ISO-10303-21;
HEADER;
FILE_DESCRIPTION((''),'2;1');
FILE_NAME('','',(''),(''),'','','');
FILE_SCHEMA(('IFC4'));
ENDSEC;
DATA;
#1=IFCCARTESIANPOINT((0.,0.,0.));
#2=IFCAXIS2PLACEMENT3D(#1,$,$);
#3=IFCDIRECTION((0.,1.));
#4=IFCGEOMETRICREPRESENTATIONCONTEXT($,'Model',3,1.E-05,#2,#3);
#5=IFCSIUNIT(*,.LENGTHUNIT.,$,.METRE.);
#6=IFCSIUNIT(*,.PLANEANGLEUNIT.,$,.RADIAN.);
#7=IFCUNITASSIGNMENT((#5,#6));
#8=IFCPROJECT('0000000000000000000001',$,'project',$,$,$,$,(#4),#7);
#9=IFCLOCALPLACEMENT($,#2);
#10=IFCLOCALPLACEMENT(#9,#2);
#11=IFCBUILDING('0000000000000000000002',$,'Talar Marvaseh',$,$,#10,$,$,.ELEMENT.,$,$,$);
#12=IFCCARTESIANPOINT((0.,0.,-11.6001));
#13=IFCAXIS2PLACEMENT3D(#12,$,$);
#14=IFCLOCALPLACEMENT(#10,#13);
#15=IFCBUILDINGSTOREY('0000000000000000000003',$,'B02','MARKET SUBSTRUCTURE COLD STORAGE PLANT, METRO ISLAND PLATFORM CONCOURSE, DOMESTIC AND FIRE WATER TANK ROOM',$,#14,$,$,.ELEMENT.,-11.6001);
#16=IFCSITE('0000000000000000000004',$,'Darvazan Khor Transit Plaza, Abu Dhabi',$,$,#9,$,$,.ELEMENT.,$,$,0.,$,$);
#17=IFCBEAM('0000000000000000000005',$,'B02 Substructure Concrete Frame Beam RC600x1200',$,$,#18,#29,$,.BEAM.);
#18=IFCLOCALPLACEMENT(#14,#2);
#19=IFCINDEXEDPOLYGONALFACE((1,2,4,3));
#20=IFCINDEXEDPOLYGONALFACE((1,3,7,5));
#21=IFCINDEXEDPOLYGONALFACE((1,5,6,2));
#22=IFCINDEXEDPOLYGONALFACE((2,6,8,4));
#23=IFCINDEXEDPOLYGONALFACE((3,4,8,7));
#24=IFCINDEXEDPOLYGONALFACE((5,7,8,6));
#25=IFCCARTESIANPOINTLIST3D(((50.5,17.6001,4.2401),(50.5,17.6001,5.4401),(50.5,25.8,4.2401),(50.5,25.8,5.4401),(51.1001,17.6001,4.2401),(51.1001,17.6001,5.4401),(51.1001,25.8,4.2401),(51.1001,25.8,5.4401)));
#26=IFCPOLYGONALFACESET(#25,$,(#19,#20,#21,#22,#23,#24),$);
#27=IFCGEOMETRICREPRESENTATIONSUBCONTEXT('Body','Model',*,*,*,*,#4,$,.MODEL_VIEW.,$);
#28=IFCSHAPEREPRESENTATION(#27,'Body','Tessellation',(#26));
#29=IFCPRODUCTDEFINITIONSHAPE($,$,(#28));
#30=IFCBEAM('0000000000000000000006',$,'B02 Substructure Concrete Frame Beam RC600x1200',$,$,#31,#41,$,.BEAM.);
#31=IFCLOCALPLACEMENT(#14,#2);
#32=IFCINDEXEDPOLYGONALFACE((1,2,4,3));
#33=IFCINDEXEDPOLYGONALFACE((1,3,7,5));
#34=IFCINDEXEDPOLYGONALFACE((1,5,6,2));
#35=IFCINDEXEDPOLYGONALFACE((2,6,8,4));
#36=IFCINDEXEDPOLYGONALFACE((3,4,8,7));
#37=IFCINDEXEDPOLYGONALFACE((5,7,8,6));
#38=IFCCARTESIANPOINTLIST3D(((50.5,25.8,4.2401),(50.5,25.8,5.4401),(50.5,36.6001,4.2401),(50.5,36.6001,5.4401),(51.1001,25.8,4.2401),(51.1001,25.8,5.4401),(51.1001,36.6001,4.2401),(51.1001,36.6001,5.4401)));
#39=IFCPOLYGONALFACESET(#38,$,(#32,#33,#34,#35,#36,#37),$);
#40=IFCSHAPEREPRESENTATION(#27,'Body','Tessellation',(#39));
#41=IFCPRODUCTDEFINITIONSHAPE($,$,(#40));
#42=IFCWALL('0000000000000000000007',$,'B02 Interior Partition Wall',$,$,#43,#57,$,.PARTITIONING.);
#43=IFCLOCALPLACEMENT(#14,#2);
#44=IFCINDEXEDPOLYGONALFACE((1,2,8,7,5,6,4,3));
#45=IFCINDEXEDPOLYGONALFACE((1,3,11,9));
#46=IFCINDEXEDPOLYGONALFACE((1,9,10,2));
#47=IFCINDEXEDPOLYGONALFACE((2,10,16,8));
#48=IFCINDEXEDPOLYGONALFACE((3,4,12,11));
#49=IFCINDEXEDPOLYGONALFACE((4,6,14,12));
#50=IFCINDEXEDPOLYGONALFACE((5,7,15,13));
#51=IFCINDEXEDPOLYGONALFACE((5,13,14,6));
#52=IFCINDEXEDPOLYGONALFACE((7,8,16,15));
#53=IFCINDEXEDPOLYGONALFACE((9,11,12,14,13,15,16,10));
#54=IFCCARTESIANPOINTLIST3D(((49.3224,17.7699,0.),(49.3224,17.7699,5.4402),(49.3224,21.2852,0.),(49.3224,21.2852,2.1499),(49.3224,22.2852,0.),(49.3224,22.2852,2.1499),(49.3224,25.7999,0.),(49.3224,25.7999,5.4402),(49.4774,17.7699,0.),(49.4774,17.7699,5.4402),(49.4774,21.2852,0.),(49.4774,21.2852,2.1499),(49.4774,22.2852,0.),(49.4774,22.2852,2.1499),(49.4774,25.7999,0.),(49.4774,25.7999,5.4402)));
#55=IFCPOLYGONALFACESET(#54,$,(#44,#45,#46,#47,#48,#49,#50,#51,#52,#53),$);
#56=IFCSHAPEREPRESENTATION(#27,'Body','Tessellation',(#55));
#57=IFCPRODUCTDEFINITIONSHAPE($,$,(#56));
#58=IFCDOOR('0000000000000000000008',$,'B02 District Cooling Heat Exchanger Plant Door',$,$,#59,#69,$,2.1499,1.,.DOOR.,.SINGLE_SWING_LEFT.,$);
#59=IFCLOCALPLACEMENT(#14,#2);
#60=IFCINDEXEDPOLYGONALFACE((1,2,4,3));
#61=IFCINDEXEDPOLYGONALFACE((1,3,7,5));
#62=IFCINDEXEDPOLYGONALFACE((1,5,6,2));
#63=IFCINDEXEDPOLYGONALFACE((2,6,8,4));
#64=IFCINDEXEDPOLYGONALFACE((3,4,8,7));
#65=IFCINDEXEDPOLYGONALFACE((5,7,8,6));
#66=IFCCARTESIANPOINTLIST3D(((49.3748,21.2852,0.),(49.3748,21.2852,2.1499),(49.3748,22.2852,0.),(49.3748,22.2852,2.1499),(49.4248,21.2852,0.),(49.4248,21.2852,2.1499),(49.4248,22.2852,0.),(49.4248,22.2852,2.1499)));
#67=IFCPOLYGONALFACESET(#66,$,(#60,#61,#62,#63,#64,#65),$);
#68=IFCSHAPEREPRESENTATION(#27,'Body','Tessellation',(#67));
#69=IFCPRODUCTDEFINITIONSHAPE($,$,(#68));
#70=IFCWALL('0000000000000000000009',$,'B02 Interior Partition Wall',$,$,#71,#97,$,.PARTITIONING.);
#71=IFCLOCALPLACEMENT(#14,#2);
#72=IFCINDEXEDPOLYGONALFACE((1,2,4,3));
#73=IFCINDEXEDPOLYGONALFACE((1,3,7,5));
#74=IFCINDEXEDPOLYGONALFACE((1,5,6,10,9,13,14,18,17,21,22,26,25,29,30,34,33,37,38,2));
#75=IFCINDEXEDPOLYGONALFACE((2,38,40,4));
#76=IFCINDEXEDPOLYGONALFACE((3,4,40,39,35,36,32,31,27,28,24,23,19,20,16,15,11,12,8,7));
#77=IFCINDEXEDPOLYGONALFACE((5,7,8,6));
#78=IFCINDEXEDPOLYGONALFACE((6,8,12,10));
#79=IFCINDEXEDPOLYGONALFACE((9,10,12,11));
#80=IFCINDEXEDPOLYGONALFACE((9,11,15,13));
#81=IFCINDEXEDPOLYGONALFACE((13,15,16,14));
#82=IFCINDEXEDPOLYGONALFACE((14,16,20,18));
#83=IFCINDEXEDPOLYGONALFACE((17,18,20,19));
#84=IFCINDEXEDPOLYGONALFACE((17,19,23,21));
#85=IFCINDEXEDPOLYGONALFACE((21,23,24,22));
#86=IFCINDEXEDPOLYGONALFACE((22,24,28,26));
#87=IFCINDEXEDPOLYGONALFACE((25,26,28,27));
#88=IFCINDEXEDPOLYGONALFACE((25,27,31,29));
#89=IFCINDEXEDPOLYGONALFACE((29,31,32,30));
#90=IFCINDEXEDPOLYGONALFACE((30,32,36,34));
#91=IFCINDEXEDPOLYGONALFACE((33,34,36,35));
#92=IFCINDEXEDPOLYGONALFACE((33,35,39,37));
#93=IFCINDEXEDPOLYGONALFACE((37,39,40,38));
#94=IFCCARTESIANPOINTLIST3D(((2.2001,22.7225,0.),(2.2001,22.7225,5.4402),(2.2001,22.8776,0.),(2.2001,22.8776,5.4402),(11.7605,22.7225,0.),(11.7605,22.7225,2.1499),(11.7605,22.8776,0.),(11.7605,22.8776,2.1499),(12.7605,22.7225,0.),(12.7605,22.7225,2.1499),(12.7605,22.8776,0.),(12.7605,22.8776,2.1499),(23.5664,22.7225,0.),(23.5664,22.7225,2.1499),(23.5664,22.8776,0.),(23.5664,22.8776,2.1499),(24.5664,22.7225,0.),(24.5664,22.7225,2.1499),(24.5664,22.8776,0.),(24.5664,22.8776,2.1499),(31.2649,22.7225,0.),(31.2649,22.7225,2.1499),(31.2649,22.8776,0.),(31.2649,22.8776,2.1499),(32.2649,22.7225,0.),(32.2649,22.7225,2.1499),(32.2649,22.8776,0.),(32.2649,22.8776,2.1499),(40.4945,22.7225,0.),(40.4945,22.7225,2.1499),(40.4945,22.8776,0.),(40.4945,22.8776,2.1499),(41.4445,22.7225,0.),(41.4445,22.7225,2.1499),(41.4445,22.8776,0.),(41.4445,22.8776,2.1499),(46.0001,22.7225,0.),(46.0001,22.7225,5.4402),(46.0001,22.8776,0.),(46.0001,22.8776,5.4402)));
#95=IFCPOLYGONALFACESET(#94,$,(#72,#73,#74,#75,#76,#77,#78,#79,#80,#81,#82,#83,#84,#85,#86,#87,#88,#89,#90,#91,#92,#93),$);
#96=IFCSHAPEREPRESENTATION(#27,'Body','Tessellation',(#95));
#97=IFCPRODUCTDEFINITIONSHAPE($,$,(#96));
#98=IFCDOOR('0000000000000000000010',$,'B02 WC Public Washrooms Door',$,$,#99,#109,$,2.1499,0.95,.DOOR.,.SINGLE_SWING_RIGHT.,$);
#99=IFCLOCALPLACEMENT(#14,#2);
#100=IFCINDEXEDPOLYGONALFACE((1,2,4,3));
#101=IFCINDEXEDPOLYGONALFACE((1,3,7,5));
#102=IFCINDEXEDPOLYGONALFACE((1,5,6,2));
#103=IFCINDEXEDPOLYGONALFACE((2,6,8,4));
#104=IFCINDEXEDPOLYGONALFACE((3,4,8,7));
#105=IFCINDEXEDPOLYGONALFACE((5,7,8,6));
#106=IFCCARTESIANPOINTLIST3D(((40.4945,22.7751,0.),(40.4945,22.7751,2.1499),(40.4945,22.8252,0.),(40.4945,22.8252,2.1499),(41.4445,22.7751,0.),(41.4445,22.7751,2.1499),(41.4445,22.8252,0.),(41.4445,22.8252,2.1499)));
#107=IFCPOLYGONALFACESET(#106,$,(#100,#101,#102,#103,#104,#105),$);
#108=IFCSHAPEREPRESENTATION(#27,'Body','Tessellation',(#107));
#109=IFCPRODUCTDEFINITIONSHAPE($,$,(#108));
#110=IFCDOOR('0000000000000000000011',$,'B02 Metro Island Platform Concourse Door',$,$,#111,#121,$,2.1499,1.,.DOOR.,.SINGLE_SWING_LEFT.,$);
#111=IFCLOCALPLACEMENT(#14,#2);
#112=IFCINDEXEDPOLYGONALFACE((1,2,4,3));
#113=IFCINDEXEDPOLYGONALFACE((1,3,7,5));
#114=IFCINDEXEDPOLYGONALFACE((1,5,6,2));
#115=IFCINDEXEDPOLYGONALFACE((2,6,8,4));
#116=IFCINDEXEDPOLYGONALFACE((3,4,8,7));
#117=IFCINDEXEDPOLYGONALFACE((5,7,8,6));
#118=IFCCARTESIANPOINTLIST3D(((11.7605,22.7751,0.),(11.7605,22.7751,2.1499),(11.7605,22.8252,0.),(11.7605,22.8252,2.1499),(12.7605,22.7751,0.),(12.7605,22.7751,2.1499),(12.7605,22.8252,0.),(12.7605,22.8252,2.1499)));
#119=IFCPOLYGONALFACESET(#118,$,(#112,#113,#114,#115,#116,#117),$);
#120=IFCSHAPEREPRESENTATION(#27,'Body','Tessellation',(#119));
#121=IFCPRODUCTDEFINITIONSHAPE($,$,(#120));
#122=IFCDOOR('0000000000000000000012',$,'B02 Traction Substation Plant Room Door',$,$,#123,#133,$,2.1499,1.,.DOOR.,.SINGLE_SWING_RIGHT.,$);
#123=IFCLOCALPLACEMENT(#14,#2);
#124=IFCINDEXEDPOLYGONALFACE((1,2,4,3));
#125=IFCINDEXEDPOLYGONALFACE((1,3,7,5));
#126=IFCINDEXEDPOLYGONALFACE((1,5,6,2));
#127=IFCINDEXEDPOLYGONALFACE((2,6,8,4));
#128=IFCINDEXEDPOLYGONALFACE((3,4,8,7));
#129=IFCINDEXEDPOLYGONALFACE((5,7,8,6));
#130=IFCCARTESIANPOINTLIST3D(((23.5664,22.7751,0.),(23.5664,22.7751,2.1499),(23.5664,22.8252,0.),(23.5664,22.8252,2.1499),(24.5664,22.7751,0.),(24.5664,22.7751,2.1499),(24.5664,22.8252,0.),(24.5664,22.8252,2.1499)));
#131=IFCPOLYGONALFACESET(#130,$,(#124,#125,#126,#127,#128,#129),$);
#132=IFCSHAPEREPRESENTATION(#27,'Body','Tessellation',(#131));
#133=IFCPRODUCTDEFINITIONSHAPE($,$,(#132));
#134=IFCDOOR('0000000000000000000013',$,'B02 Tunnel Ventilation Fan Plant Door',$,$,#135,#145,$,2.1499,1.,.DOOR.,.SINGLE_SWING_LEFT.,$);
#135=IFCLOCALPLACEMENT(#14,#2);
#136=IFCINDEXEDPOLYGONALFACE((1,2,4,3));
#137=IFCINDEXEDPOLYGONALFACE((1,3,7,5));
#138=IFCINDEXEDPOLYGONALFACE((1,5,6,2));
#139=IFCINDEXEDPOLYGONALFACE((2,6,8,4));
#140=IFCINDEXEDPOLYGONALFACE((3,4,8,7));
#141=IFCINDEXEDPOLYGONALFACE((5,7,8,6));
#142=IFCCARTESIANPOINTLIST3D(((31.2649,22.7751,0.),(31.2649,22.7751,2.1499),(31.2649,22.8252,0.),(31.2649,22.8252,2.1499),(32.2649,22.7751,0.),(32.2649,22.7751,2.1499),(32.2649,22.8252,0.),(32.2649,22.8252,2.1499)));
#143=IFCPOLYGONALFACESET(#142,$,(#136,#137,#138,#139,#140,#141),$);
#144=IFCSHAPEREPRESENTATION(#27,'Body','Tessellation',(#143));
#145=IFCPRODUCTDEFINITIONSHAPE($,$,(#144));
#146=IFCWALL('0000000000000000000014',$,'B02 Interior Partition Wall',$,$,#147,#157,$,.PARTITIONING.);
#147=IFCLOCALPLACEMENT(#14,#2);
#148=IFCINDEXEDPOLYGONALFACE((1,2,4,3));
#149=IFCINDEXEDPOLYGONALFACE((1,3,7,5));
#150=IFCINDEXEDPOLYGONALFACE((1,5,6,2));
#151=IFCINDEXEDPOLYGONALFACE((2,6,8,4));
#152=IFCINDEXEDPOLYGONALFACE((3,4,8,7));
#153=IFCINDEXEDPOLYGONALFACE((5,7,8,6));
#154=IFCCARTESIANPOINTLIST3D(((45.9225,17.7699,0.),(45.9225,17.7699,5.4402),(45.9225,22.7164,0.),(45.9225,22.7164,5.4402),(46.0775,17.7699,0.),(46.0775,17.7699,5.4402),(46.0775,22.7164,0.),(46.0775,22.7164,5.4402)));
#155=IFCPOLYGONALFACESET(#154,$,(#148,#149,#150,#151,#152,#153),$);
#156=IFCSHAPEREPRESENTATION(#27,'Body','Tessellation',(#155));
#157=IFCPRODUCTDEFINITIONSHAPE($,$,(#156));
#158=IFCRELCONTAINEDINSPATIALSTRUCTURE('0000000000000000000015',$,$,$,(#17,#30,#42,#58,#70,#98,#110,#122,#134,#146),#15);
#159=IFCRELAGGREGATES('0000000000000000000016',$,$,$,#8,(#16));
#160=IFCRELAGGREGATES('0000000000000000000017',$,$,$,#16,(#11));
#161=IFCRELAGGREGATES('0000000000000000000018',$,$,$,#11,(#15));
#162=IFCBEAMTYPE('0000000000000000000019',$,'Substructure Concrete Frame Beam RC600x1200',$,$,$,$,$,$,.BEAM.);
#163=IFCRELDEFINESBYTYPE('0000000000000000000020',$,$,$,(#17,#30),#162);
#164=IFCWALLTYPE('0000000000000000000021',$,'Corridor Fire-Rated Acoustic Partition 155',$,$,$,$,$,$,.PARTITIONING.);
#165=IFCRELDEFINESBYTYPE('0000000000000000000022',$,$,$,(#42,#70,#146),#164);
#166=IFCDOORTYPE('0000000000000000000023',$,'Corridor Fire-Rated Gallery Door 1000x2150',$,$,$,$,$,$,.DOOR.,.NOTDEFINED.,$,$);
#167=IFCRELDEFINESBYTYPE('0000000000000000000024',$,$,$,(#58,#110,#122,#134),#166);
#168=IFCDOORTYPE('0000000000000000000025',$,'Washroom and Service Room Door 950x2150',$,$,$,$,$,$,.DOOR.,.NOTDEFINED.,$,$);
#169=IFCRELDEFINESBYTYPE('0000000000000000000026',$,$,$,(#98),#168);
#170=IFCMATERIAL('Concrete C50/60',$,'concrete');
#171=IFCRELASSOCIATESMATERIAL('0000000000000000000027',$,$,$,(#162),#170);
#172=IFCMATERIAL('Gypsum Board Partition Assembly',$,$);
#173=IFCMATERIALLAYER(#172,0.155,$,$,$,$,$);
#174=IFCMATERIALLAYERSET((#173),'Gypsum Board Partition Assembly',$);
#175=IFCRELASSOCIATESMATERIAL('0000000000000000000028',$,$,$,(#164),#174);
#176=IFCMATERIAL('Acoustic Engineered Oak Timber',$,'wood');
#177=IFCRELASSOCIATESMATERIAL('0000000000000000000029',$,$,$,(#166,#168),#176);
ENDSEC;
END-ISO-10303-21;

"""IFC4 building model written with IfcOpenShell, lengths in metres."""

from ifc_helpers import new_model, si_unit, direction, frame, frame_2d, origin, origin_2d, place, context, subcontext, project, spatial, rectangle, extrude, source, transform, mapped, material, layer, layer_set, material_profile, profile_set, type_object, type_shapes, element, fill, save


model = new_model("IFC4")

# Units and contexts
model_context = context("Model", 3, precision=1e-05, world=origin(), true_north=direction((0.0, 1.0)))
body_context = subcontext(model_context, "Body", "Model", "MODEL_VIEW")
ifc_project = project(units=[si_unit("LENGTHUNIT", "METRE"), si_unit("PLANEANGLEUNIT", "RADIAN")], contexts=[model_context])

# Site, building, storey
site_placement = place(None, origin())
site = spatial("IfcSite", under=ifc_project, at=site_placement, Name="Darvazan Khor Transit Plaza, Abu Dhabi", CompositionType="ELEMENT", RefElevation=0.0)
building_placement = place(site_placement, origin())
building = spatial("IfcBuilding", under=site, at=building_placement, Name="Talar Marvaseh", CompositionType="ELEMENT")
storey_placement = place(building_placement, frame((0.0, 0.0, -11.6001)))
storey = spatial("IfcBuildingStorey", under=building, at=storey_placement, Name="B02", Description="MARKET SUBSTRUCTURE COLD STORAGE PLANT, METRO ISLAND PLATFORM CONCOURSE, DOMESTIC AND FIRE WATER TANK ROOM", CompositionType="ELEMENT", Elevation=-11.6001)

# Shared definitions
ifc_material_1 = material(Name="Concrete C50/60", Category="concrete")

# Beams
ifc_material_profile_1 = material_profile(ifc_material_1, rectangle(XDim=0.6001, YDim=1.2, at=origin_2d()), Name="RC600x1200")
ifc_profile_set_1 = profile_set([ifc_material_profile_1], Name="Concrete C50/60")
beam_type = type_object("IfcBeamType", Name="Substructure Concrete Frame Beam RC600x1200", PredefinedType="BEAM", material=ifc_profile_set_1)
beam_1_placement = place(storey_placement, frame((50.8, 17.6001, 4.8401), z_axis=(0.0, 1.0, 0.0), x_axis=(-1.0, 0.0, 0.0)))
element("IfcBeam", 1, at=beam_1_placement, inside=storey, type_object=beam_type, Name="B02 Substructure Concrete Frame Beam RC600x1200", PredefinedType="BEAM", context=body_context, shape_type="SweptSolid", body=[
    extrude(rectangle(XDim=0.6001, YDim=1.2, at=origin_2d()), origin(), (0.0, 0.0, 1.0), 8.2),
])
beam_2_placement = place(storey_placement, frame((50.8, 25.8, 4.8401), z_axis=(0.0, 1.0, 0.0), x_axis=(-1.0, 0.0, 0.0)))
element("IfcBeam", 2, at=beam_2_placement, inside=storey, type_object=beam_type, Name="B02 Substructure Concrete Frame Beam RC600x1200", PredefinedType="BEAM", context=body_context, shape_type="SweptSolid", body=[
    extrude(rectangle(XDim=0.6001, YDim=1.2, at=origin_2d()), origin(), (0.0, 0.0, 1.0), 10.8),
])

# Wall, opening, door
ifc_material_2 = material(Name="Gypsum Board Partition Assembly")
ifc_layer_1 = layer(ifc_material_2, 0.155)
ifc_layer_set_1 = layer_set([ifc_layer_1], Name="Gypsum Board Partition Assembly")
wall_type_1 = type_object("IfcWallType", Name="Corridor Fire-Rated Acoustic Partition 155", PredefinedType="PARTITIONING", material=ifc_layer_set_1)
wall_1_placement = place(storey_placement, frame((49.3999, 25.8, 0.0), z_axis=(0.0, 0.0, 1.0), x_axis=(0.0, -1.0, 0.0)))
wall_1 = element("IfcWall", 3, at=wall_1_placement, inside=storey, type_object=wall_type_1, Name="B02 Interior Partition Wall", PredefinedType="PARTITIONING", context=body_context, shape_type="SweptSolid", body=[
    extrude(rectangle(XDim=8.03, YDim=0.155, at=frame_2d((4.0151, 0.0))), origin(), (0.0, 0.0, 1.0), 5.4402),
])
opening_1_placement = place(wall_1_placement, frame((3.5149, 0.0, 0.0)))
opening_1 = element("IfcOpeningElement", 4, at=opening_1_placement, cuts=wall_1, PredefinedType="OPENING", context=body_context, shape_type="SweptSolid", body=[
    extrude(rectangle(XDim=1.0, YDim=2.1499, at=frame_2d((0.5, 1.075))), frame((0.0, 0.0874, 0.0), z_axis=(0.0, -1.0, 0.0), x_axis=(1.0, 0.0, 0.0)), (0.0, 0.0, 1.0), 0.175),
])
ifc_material_3 = material(Name="Acoustic Engineered Oak Timber", Category="wood")
door_type_1 = type_object("IfcDoorType", Name="Corridor Fire-Rated Gallery Door 1000x2150", OperationType="NOTDEFINED", PredefinedType="DOOR", material=ifc_material_3)
shared_shape_1 = source(origin(), body_context, "Body", "SweptSolid", [
    extrude(rectangle(XDim=1.0, YDim=2.1499, at=frame_2d((0.5, 1.075))), frame((0.0, 0.0249, 0.0), z_axis=(0.0, -1.0, 0.0), x_axis=(1.0, 0.0, 0.0)), (0.0, 0.0, 1.0), 0.05),
])
type_shapes(door_type_1, [shared_shape_1])
door_1_placement = place(opening_1_placement, origin())
door_1 = element("IfcDoor", 5, at=door_1_placement, inside=storey, type_object=door_type_1, Name="B02 District Cooling Heat Exchanger Plant Door", OperationType="SINGLE_SWING_LEFT", OverallHeight=2.1499, OverallWidth=1.0, PredefinedType="DOOR", context=body_context, shape_type="MappedRepresentation", body=[
    mapped(shared_shape_1, transform((0.0, 0.0, 0.0), x_axis=(1.0, 0.0, 0.0), y_axis=(0.0, 1.0, 0.0), z_axis=(0.0, 0.0, 1.0), scale=1.0)),
])
fill(opening_1, door_1)

# Wall, openings, doors
wall_2_placement = place(storey_placement, frame((46.0, 22.8, 0.0), z_axis=(0.0, 0.0, 1.0), x_axis=(-1.0, 0.0, 0.0)))
wall_2 = element("IfcWall", 6, at=wall_2_placement, inside=storey, type_object=wall_type_1, Name="B02 Interior Partition Wall", PredefinedType="PARTITIONING", context=body_context, shape_type="SweptSolid", body=[
    extrude(rectangle(XDim=43.8, YDim=0.155, at=frame_2d((21.8999, 0.0))), origin(), (0.0, 0.0, 1.0), 5.4402),
])
opening_2_placement = place(wall_2_placement, frame((33.2395, 0.0, 0.0)))
opening_2 = element("IfcOpeningElement", 7, at=opening_2_placement, cuts=wall_2, PredefinedType="OPENING", context=body_context, shape_type="SweptSolid", body=[
    extrude(rectangle(XDim=1.0, YDim=2.1499, at=frame_2d((0.5, 1.075))), frame((0.0, 0.0874, 0.0), z_axis=(0.0, -1.0, 0.0), x_axis=(1.0, 0.0, 0.0)), (0.0, 0.0, 1.0), 0.175),
])
opening_3_placement = place(wall_2_placement, frame((21.4336, 0.0, 0.0)))
opening_3 = element("IfcOpeningElement", 8, at=opening_3_placement, cuts=wall_2, PredefinedType="OPENING", context=body_context, shape_type="SweptSolid", body=[
    extrude(rectangle(XDim=1.0, YDim=2.1499, at=frame_2d((0.5, 1.075))), frame((0.0, 0.0874, 0.0), z_axis=(0.0, -1.0, 0.0), x_axis=(1.0, 0.0, 0.0)), (0.0, 0.0, 1.0), 0.175),
])
opening_4_placement = place(wall_2_placement, frame((13.7351, 0.0, 0.0)))
opening_4 = element("IfcOpeningElement", 9, at=opening_4_placement, cuts=wall_2, PredefinedType="OPENING", context=body_context, shape_type="SweptSolid", body=[
    extrude(rectangle(XDim=1.0, YDim=2.1499, at=frame_2d((0.5, 1.075))), frame((0.0, 0.0874, 0.0), z_axis=(0.0, -1.0, 0.0), x_axis=(1.0, 0.0, 0.0)), (0.0, 0.0, 1.0), 0.175),
])
opening_5_placement = place(wall_2_placement, frame((4.5554, 0.0, 0.0)))
opening_5 = element("IfcOpeningElement", 10, at=opening_5_placement, cuts=wall_2, PredefinedType="OPENING", context=body_context, shape_type="SweptSolid", body=[
    extrude(rectangle(XDim=0.95, YDim=2.1499, at=frame_2d((0.4751, 1.075))), frame((0.0, 0.0874, 0.0), z_axis=(0.0, -1.0, 0.0), x_axis=(1.0, 0.0, 0.0)), (0.0, 0.0, 1.0), 0.175),
])
door_type_2 = type_object("IfcDoorType", Name="Washroom and Service Room Door 950x2150", OperationType="NOTDEFINED", PredefinedType="DOOR", material=ifc_material_3)
shared_shape_2 = source(origin(), body_context, "Body", "SweptSolid", [
    extrude(rectangle(XDim=0.95, YDim=2.1499, at=frame_2d((0.4751, 1.075))), frame((0.0, 0.0249, 0.0), z_axis=(0.0, -1.0, 0.0), x_axis=(1.0, 0.0, 0.0)), (0.0, 0.0, 1.0), 0.05),
])
type_shapes(door_type_2, [shared_shape_2])
door_2_placement = place(opening_5_placement, origin())
door_2 = element("IfcDoor", 11, at=door_2_placement, inside=storey, type_object=door_type_2, Name="B02 WC Public Washrooms Door", OperationType="SINGLE_SWING_RIGHT", OverallHeight=2.1499, OverallWidth=0.95, PredefinedType="DOOR", context=body_context, shape_type="MappedRepresentation", body=[
    mapped(shared_shape_2, transform((0.0, 0.0, 0.0), x_axis=(1.0, 0.0, 0.0), y_axis=(0.0, 1.0, 0.0), z_axis=(0.0, 0.0, 1.0), scale=1.0)),
])
fill(opening_5, door_2)
door_3_placement = place(opening_2_placement, origin())
door_3 = element("IfcDoor", 12, at=door_3_placement, inside=storey, type_object=door_type_1, Name="B02 Metro Island Platform Concourse Door", OperationType="SINGLE_SWING_LEFT", OverallHeight=2.1499, OverallWidth=1.0, PredefinedType="DOOR", context=body_context, shape_type="MappedRepresentation", body=[
    mapped(shared_shape_1, transform((0.0, 0.0, 0.0), x_axis=(1.0, 0.0, 0.0), y_axis=(0.0, 1.0, 0.0), z_axis=(0.0, 0.0, 1.0), scale=1.0)),
])
fill(opening_2, door_3)
door_4_placement = place(opening_3_placement, origin())
door_4 = element("IfcDoor", 13, at=door_4_placement, inside=storey, type_object=door_type_1, Name="B02 Traction Substation Plant Room Door", OperationType="SINGLE_SWING_RIGHT", OverallHeight=2.1499, OverallWidth=1.0, PredefinedType="DOOR", context=body_context, shape_type="MappedRepresentation", body=[
    mapped(shared_shape_1, transform((0.0, 0.0, 0.0), x_axis=(1.0, 0.0, 0.0), y_axis=(0.0, 1.0, 0.0), z_axis=(0.0, 0.0, 1.0), scale=1.0)),
])
fill(opening_3, door_4)
door_5_placement = place(opening_4_placement, origin())
door_5 = element("IfcDoor", 14, at=door_5_placement, inside=storey, type_object=door_type_1, Name="B02 Tunnel Ventilation Fan Plant Door", OperationType="SINGLE_SWING_LEFT", OverallHeight=2.1499, OverallWidth=1.0, PredefinedType="DOOR", context=body_context, shape_type="MappedRepresentation", body=[
    mapped(shared_shape_1, transform((0.0, 0.0, 0.0), x_axis=(1.0, 0.0, 0.0), y_axis=(0.0, 1.0, 0.0), z_axis=(0.0, 0.0, 1.0), scale=1.0)),
])
fill(opening_4, door_5)

# Wall
wall_3_placement = place(storey_placement, frame((46.0, 17.77, 0.0), z_axis=(0.0, 0.0, 1.0), x_axis=(0.0, 1.0, 0.0)))
element("IfcWall", 15, at=wall_3_placement, inside=storey, type_object=wall_type_1, Name="B02 Interior Partition Wall", PredefinedType="PARTITIONING", context=body_context, shape_type="SweptSolid", body=[
    extrude(rectangle(XDim=4.9465, YDim=0.155, at=frame_2d((2.4731, 0.0))), origin(), (0.0, 0.0, 1.0), 5.4402),
])

save(model, "model.ifc")
